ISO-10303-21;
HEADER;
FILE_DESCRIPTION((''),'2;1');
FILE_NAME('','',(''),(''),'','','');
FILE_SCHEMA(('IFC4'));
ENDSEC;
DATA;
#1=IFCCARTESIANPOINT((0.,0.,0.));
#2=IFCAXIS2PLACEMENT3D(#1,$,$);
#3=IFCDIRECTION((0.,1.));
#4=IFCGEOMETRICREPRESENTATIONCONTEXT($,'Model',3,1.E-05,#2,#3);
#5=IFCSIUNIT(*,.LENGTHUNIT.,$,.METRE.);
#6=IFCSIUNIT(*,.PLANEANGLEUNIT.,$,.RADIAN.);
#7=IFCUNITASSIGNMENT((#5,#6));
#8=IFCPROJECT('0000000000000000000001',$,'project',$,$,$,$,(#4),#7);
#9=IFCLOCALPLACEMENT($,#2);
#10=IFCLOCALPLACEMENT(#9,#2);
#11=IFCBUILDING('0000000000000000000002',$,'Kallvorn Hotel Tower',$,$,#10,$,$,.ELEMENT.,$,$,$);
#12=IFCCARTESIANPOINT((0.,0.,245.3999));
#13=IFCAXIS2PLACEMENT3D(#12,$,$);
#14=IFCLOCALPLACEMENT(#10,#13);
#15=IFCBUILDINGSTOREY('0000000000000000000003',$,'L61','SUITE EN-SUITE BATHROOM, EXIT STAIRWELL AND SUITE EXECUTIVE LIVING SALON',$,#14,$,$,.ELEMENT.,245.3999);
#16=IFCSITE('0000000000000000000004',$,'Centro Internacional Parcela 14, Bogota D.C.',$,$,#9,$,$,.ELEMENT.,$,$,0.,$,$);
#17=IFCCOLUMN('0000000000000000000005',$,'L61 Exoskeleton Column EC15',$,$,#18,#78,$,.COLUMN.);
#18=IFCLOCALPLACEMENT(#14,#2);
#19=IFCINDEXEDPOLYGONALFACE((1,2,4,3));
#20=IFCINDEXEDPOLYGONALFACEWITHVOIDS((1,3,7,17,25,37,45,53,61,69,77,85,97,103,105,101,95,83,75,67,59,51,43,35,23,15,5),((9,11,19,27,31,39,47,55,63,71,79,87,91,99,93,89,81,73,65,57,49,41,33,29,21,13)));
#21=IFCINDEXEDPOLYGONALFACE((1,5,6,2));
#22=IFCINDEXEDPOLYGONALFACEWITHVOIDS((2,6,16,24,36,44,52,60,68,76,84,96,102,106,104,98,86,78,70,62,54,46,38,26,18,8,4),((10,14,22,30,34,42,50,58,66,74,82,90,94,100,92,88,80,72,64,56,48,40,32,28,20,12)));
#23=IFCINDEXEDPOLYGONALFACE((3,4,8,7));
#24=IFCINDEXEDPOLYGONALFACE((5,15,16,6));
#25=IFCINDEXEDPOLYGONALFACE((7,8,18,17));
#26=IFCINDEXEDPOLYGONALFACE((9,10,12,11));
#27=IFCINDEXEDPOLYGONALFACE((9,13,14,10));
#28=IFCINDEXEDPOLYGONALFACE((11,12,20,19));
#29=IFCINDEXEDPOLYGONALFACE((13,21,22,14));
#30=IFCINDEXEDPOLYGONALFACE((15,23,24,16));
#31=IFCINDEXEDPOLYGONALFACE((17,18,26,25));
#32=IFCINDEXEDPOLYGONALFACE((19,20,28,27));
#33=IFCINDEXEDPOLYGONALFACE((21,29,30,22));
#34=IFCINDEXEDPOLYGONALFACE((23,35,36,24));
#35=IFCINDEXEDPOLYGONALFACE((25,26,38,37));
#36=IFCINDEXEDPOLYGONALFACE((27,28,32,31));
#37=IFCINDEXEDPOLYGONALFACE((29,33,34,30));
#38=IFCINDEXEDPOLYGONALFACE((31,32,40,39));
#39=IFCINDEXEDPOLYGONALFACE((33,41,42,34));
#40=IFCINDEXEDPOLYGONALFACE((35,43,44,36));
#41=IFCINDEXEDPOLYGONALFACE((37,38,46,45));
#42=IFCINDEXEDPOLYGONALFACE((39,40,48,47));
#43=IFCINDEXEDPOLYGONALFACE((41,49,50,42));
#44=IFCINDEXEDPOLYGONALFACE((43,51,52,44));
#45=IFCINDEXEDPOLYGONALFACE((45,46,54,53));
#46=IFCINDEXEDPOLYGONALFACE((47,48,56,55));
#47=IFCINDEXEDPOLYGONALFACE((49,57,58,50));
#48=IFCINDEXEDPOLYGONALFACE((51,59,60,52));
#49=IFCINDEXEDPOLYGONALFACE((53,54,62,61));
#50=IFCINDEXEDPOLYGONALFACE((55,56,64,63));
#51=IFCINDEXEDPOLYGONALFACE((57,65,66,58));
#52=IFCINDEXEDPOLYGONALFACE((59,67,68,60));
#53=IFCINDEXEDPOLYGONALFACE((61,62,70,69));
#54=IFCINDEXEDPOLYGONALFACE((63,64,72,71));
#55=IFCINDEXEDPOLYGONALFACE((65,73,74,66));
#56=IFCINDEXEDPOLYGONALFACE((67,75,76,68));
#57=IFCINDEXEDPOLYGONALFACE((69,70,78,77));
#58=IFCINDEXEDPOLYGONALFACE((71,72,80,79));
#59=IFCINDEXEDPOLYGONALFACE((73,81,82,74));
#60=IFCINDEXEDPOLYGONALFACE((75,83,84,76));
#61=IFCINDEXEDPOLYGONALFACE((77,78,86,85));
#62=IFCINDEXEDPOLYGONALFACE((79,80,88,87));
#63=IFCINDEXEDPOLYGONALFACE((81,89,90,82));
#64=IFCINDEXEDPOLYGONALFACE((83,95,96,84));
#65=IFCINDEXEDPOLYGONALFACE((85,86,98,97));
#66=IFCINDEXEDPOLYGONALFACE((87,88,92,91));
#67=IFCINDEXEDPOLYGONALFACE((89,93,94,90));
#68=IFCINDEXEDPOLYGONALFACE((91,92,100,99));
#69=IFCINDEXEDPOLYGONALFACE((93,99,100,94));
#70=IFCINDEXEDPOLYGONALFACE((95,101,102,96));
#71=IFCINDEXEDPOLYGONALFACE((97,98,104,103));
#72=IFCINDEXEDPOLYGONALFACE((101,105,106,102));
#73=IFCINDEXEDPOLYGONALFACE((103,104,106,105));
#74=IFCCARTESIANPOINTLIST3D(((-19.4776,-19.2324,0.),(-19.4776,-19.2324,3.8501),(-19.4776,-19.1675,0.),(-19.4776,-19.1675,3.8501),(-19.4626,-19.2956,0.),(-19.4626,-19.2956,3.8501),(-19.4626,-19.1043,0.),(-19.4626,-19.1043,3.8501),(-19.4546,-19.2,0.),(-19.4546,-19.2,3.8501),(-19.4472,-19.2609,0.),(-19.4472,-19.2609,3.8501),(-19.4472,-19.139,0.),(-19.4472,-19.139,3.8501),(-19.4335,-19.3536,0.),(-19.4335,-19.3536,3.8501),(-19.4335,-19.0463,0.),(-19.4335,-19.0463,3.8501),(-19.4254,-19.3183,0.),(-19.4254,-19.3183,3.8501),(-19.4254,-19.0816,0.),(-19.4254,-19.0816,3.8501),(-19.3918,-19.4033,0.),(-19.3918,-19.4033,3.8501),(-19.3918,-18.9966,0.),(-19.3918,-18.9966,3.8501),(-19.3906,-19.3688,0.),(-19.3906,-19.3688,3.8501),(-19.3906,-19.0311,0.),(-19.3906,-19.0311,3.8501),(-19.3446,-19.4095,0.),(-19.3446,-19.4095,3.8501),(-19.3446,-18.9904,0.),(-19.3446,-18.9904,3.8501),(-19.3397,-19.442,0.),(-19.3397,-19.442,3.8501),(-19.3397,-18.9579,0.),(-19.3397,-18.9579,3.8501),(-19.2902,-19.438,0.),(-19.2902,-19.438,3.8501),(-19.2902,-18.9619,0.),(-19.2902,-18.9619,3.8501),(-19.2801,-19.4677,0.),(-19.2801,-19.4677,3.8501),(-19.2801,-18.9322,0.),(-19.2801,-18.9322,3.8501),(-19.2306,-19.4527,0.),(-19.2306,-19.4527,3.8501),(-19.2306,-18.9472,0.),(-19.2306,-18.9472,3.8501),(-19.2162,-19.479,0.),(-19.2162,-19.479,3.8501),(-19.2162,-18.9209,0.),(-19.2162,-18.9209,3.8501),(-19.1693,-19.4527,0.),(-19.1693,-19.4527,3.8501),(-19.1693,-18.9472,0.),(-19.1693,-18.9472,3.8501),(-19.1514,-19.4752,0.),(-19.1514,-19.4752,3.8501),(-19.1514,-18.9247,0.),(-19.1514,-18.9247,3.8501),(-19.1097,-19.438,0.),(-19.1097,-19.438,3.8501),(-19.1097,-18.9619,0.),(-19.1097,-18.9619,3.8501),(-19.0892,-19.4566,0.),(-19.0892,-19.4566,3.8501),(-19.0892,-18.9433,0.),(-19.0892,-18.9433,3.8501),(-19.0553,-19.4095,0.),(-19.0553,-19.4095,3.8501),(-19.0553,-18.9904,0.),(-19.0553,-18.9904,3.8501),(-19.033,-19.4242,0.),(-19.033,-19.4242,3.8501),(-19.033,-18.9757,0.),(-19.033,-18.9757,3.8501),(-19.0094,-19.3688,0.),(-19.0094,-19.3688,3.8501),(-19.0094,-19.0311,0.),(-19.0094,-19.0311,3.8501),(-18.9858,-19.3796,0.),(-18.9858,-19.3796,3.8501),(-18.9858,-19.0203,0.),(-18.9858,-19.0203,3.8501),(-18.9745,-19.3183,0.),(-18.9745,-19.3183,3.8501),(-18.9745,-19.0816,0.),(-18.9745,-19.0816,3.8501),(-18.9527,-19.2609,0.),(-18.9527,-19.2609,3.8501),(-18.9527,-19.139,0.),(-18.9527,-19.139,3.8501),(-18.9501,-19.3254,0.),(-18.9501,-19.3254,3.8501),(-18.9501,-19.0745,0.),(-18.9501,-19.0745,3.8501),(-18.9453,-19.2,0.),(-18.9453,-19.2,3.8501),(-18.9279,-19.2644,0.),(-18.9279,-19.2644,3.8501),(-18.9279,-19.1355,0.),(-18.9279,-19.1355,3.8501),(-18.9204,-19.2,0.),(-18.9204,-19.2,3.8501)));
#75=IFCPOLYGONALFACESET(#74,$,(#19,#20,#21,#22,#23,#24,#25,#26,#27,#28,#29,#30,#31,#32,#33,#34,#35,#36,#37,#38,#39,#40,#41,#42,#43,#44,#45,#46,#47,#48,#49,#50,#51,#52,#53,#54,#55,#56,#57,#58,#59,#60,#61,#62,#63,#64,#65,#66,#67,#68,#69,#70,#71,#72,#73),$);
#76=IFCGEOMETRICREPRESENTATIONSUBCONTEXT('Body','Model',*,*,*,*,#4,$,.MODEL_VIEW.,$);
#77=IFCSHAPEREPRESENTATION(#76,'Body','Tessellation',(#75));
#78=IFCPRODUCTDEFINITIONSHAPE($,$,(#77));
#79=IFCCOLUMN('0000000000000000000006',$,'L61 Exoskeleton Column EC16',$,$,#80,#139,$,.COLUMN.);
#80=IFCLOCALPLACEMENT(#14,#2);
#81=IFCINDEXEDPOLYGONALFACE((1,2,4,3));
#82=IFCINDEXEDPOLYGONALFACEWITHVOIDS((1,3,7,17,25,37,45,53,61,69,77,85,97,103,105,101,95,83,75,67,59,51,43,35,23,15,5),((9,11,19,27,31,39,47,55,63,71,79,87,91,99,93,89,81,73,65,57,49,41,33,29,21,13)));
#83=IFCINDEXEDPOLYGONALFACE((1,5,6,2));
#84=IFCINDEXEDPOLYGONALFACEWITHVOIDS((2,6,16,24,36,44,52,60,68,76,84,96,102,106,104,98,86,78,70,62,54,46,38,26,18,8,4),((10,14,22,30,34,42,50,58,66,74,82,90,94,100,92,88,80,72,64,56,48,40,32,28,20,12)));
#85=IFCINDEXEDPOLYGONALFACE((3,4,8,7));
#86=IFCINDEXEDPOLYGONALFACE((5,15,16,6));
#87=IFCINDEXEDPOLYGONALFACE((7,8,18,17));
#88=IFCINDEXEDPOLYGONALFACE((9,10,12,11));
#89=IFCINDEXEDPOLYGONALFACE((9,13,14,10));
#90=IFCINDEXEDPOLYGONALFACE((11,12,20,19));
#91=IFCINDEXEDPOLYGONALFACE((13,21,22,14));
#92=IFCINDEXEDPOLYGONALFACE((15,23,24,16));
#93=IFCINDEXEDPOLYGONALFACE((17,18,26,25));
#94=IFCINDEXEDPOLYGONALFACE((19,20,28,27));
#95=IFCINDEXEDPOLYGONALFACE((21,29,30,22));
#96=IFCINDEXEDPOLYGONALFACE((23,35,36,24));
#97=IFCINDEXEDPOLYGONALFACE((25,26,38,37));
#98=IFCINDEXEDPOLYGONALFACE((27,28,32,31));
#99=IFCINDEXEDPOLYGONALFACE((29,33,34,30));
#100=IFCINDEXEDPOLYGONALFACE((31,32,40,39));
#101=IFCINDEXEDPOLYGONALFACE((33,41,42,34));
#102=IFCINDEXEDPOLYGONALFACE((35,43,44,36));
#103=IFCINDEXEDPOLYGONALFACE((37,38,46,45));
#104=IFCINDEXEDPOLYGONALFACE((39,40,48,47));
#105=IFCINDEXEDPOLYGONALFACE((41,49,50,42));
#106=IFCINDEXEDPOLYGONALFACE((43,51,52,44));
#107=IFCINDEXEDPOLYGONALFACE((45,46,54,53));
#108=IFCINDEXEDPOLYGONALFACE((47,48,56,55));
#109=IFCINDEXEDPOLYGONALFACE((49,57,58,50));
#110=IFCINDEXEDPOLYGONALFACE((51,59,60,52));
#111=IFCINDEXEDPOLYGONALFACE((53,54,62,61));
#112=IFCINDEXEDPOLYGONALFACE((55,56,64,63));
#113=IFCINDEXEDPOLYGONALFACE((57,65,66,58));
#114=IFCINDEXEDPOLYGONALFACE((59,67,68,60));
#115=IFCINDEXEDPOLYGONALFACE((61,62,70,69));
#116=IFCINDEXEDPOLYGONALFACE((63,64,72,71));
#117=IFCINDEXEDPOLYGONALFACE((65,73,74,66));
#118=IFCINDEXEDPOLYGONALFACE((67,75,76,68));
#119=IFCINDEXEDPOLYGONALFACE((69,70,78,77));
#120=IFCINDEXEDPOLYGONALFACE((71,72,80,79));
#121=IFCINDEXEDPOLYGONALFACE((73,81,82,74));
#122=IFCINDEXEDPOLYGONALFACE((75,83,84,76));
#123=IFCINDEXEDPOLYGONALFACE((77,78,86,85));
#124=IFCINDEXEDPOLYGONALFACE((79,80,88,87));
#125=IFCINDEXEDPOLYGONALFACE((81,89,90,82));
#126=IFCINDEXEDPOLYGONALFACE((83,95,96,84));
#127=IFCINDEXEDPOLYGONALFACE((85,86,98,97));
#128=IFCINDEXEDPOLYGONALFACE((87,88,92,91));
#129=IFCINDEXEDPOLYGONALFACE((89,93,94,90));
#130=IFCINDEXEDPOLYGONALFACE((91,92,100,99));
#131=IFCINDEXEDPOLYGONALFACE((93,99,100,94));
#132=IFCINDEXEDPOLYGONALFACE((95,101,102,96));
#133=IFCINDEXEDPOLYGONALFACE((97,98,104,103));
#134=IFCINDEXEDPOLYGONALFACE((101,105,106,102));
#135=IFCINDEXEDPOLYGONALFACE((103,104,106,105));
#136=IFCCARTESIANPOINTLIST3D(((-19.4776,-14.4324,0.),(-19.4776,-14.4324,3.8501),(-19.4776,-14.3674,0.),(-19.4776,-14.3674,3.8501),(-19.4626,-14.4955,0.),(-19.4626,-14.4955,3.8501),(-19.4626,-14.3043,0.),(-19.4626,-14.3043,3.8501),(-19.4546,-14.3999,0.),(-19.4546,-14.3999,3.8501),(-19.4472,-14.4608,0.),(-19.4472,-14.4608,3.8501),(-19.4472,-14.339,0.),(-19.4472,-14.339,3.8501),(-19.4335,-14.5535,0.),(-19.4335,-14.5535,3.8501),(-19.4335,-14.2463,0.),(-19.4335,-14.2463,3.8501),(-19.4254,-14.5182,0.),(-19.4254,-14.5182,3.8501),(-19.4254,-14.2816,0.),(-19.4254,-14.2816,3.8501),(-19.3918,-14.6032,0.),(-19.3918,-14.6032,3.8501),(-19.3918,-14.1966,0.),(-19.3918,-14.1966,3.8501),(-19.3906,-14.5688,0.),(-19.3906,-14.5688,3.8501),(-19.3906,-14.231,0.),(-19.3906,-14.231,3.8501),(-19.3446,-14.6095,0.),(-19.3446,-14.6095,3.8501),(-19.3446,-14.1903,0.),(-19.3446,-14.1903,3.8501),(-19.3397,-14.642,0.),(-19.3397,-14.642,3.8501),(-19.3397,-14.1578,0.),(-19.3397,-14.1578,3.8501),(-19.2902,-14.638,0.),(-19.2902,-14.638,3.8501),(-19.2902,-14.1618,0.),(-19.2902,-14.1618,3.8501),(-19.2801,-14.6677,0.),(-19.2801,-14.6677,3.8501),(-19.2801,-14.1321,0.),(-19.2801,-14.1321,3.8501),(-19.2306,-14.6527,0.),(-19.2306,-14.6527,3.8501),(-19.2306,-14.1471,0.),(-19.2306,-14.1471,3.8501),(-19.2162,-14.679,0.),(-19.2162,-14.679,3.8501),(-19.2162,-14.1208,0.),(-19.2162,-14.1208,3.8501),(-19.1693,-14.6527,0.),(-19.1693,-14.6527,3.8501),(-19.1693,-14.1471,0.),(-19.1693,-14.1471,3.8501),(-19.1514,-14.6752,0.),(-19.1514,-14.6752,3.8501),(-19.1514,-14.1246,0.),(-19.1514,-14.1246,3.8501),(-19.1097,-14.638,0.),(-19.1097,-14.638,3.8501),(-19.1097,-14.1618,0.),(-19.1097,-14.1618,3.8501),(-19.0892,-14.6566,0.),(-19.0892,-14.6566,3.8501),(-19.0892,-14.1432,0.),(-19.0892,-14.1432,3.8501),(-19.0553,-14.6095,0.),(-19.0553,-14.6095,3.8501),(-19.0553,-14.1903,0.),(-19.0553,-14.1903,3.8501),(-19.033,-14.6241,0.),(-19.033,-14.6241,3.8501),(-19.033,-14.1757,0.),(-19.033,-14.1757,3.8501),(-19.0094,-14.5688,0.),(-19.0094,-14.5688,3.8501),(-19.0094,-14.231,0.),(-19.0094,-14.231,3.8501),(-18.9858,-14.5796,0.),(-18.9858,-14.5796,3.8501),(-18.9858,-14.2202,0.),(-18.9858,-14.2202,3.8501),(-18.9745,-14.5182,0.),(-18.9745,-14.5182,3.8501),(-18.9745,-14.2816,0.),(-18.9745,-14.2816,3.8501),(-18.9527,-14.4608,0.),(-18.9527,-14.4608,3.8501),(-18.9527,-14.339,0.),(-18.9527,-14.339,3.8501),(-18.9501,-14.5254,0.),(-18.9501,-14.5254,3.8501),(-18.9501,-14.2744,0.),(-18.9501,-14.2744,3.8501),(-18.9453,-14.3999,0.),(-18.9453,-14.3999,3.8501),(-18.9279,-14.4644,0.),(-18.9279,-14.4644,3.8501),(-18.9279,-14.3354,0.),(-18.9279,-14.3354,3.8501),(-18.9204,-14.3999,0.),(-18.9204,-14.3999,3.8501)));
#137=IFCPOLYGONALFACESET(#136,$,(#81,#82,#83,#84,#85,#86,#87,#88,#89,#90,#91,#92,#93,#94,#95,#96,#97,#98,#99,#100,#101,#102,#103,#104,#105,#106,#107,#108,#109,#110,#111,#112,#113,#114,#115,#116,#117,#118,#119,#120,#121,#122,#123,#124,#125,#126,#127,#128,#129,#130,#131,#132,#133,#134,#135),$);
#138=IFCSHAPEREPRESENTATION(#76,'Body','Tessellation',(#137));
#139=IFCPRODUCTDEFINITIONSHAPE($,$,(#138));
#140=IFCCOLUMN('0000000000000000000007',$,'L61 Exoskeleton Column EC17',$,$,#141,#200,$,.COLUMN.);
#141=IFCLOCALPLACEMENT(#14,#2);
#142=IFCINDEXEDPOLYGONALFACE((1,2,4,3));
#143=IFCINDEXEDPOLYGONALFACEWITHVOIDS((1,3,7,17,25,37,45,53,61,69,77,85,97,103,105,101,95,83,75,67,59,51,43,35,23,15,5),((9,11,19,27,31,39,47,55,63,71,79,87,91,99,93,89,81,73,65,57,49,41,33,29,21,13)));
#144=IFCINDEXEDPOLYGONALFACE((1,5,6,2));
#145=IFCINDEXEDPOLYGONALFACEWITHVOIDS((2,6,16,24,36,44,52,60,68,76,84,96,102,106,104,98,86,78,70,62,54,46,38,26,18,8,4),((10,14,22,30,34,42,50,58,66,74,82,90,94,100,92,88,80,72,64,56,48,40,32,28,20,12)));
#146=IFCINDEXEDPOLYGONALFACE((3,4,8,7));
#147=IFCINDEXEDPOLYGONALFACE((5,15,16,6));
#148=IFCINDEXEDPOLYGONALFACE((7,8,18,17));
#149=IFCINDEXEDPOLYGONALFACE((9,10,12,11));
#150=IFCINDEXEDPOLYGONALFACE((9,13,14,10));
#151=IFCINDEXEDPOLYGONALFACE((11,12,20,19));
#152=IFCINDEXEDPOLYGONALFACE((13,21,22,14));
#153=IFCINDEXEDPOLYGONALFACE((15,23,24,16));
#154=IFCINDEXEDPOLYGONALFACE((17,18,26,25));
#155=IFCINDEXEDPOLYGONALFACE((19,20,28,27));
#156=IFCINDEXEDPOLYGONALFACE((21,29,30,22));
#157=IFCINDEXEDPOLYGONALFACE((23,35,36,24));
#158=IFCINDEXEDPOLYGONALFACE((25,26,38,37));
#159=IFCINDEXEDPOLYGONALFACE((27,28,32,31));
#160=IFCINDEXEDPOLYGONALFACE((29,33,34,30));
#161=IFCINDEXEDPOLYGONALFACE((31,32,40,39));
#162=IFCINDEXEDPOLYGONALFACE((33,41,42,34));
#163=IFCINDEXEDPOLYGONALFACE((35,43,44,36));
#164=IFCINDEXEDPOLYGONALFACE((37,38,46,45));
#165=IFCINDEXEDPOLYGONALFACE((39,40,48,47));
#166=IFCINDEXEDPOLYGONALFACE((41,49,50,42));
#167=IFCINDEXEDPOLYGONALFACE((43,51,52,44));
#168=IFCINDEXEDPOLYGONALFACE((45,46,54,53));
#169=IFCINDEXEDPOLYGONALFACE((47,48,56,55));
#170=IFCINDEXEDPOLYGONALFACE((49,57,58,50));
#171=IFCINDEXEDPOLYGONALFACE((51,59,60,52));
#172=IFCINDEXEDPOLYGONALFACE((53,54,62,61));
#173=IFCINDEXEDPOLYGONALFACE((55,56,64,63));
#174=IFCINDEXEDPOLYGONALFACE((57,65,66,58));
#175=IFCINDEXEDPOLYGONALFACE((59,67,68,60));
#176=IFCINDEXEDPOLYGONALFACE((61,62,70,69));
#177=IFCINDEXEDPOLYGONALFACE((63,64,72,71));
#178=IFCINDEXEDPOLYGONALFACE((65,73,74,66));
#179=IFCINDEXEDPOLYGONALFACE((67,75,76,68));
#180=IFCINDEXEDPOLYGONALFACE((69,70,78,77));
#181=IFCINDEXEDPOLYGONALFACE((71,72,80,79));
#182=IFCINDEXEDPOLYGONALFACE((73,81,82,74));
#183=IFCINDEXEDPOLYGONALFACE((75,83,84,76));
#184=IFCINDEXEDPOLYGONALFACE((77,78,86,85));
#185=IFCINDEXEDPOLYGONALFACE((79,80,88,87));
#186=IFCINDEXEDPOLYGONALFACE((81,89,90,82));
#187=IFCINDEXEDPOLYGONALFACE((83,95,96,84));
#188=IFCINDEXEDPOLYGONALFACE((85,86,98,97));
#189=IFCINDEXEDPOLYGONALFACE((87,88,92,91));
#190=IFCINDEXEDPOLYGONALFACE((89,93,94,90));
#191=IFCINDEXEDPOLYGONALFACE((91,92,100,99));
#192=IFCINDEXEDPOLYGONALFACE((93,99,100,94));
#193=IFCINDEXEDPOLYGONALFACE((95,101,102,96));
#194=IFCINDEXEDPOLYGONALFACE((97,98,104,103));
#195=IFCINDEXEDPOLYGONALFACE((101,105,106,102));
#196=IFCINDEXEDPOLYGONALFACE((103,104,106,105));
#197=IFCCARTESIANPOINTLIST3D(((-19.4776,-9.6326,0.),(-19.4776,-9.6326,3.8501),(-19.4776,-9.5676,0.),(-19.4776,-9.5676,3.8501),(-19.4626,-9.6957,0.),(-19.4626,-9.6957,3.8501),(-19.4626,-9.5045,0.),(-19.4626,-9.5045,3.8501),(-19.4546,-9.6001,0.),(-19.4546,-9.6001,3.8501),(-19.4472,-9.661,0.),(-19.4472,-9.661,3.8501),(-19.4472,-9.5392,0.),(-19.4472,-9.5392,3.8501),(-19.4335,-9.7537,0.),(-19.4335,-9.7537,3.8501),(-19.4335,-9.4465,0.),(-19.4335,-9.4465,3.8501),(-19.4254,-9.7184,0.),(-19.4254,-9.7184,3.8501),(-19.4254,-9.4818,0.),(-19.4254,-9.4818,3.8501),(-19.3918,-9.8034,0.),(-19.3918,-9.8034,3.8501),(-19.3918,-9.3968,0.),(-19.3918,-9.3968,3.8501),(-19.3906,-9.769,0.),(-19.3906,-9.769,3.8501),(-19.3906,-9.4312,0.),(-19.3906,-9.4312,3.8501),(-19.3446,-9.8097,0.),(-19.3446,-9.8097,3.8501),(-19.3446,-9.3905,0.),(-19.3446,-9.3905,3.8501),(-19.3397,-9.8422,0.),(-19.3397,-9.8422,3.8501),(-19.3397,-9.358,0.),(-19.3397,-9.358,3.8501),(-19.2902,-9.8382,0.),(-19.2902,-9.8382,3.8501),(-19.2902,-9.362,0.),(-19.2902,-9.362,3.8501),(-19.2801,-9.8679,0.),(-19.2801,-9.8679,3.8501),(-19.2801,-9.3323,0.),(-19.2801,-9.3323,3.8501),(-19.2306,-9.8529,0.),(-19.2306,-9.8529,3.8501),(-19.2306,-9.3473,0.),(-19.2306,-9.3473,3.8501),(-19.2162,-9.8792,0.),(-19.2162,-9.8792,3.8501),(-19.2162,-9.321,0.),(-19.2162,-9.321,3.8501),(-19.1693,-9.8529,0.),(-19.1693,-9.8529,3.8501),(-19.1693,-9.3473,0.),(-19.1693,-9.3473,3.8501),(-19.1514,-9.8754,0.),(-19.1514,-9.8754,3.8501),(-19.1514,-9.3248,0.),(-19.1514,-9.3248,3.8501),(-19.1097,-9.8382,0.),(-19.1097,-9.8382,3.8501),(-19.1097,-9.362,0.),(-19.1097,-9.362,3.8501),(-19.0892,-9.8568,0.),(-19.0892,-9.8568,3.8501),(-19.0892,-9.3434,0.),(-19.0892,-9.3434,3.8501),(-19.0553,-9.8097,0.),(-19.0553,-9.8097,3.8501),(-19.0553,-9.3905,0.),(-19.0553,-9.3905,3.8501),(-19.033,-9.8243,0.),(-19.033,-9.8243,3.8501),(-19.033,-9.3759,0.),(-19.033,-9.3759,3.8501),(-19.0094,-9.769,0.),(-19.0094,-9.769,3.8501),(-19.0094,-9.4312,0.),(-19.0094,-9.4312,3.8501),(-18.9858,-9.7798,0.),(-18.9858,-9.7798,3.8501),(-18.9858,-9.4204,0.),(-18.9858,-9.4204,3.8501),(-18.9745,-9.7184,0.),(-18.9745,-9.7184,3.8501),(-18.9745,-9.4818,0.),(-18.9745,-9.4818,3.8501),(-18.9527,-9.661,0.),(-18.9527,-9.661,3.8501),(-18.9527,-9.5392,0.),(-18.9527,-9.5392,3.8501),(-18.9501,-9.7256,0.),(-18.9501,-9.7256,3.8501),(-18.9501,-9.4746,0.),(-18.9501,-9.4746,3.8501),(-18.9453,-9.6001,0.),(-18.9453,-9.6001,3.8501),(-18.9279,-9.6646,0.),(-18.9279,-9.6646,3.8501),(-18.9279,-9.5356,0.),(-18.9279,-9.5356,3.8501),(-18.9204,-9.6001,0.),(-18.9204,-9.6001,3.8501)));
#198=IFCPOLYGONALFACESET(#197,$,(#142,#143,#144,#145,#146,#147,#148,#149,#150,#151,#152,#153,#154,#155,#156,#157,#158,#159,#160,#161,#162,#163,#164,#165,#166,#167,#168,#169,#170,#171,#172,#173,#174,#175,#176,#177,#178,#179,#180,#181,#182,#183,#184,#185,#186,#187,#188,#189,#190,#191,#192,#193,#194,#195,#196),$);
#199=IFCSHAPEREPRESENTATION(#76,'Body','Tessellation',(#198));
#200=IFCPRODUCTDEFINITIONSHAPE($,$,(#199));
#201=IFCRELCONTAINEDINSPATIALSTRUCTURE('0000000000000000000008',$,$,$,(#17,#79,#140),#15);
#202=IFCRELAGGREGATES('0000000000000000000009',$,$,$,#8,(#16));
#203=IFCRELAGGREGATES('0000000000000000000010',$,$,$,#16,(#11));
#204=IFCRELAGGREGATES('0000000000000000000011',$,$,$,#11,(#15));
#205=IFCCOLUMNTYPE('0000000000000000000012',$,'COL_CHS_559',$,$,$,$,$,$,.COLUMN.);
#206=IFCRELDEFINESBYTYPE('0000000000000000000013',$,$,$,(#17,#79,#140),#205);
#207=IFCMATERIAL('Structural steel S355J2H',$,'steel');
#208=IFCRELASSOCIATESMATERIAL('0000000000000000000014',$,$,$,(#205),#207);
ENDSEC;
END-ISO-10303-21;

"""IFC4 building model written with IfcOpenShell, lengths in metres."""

from ifc_helpers import new_model, si_unit, direction, frame, origin, origin_2d, place, context, subcontext, project, spatial, hollow_circle, extrude, material, material_profile, profile_set, type_object, element, save


model = new_model("IFC4")

# Units and contexts
model_context = context("Model", 3, precision=1e-05, world=origin(), true_north=direction((0.0, 1.0)))
body_context = subcontext(model_context, "Body", "Model", "MODEL_VIEW")
ifc_project = project(units=[si_unit("LENGTHUNIT", "METRE"), si_unit("PLANEANGLEUNIT", "RADIAN")], contexts=[model_context])

# Site, building, storey
site_placement = place(None, origin())
site = spatial("IfcSite", under=ifc_project, at=site_placement, Name="Centro Internacional Parcela 14, Bogota D.C.", CompositionType="ELEMENT", RefElevation=0.0)
building_placement = place(site_placement, origin())
building = spatial("IfcBuilding", under=site, at=building_placement, Name="Kallvorn Hotel Tower", CompositionType="ELEMENT")
storey_placement = place(building_placement, frame((0.0, 0.0, 245.3999)))
storey = spatial("IfcBuildingStorey", under=building, at=storey_placement, Name="L61", Description="SUITE EN-SUITE BATHROOM, EXIT STAIRWELL AND SUITE EXECUTIVE LIVING SALON", CompositionType="ELEMENT", Elevation=245.3999)

# Columns
ifc_material_1 = material(Name="Structural steel S355J2H", Category="steel")
ifc_material_profile_1 = material_profile(ifc_material_1, hollow_circle(Radius=0.2795, WallThickness=0.0249, at=origin_2d()), Name="CHS 559x25")
ifc_profile_set_1 = profile_set([ifc_material_profile_1], Name="Structural steel S355J2H")
column_type_1 = type_object("IfcColumnType", Name="COL_CHS_559", PredefinedType="COLUMN", material=ifc_profile_set_1)
for number, where, z_axis, x_axis, name in (
    (1, (-19.2, -19.2, 0.0), (0.0, 0.0, 1.0), (1.0, 0.0, 0.0), "L61 Exoskeleton Column EC15"),
    (2, (-19.2, -14.3999, 0.0), (0.0, 0.0, 1.0), (1.0, 0.0, 0.0), "L61 Exoskeleton Column EC16"),
    (3, (-19.2, -9.6001, 0.0), (0.0, 0.0, 1.0), (1.0, 0.0, 0.0), "L61 Exoskeleton Column EC17"),
):
    element("IfcColumn", number, at=place(storey_placement, frame(where, z_axis=z_axis, x_axis=x_axis)), inside=storey, type_object=column_type_1, Name=name, PredefinedType="COLUMN", context=body_context, shape_type="SweptSolid", body=[
        extrude(hollow_circle(Radius=0.2795, WallThickness=0.0249, at=origin_2d()), origin(), (0.0, 0.0, 1.0), 3.8501),
    ])

save(model, "model.ifc")
